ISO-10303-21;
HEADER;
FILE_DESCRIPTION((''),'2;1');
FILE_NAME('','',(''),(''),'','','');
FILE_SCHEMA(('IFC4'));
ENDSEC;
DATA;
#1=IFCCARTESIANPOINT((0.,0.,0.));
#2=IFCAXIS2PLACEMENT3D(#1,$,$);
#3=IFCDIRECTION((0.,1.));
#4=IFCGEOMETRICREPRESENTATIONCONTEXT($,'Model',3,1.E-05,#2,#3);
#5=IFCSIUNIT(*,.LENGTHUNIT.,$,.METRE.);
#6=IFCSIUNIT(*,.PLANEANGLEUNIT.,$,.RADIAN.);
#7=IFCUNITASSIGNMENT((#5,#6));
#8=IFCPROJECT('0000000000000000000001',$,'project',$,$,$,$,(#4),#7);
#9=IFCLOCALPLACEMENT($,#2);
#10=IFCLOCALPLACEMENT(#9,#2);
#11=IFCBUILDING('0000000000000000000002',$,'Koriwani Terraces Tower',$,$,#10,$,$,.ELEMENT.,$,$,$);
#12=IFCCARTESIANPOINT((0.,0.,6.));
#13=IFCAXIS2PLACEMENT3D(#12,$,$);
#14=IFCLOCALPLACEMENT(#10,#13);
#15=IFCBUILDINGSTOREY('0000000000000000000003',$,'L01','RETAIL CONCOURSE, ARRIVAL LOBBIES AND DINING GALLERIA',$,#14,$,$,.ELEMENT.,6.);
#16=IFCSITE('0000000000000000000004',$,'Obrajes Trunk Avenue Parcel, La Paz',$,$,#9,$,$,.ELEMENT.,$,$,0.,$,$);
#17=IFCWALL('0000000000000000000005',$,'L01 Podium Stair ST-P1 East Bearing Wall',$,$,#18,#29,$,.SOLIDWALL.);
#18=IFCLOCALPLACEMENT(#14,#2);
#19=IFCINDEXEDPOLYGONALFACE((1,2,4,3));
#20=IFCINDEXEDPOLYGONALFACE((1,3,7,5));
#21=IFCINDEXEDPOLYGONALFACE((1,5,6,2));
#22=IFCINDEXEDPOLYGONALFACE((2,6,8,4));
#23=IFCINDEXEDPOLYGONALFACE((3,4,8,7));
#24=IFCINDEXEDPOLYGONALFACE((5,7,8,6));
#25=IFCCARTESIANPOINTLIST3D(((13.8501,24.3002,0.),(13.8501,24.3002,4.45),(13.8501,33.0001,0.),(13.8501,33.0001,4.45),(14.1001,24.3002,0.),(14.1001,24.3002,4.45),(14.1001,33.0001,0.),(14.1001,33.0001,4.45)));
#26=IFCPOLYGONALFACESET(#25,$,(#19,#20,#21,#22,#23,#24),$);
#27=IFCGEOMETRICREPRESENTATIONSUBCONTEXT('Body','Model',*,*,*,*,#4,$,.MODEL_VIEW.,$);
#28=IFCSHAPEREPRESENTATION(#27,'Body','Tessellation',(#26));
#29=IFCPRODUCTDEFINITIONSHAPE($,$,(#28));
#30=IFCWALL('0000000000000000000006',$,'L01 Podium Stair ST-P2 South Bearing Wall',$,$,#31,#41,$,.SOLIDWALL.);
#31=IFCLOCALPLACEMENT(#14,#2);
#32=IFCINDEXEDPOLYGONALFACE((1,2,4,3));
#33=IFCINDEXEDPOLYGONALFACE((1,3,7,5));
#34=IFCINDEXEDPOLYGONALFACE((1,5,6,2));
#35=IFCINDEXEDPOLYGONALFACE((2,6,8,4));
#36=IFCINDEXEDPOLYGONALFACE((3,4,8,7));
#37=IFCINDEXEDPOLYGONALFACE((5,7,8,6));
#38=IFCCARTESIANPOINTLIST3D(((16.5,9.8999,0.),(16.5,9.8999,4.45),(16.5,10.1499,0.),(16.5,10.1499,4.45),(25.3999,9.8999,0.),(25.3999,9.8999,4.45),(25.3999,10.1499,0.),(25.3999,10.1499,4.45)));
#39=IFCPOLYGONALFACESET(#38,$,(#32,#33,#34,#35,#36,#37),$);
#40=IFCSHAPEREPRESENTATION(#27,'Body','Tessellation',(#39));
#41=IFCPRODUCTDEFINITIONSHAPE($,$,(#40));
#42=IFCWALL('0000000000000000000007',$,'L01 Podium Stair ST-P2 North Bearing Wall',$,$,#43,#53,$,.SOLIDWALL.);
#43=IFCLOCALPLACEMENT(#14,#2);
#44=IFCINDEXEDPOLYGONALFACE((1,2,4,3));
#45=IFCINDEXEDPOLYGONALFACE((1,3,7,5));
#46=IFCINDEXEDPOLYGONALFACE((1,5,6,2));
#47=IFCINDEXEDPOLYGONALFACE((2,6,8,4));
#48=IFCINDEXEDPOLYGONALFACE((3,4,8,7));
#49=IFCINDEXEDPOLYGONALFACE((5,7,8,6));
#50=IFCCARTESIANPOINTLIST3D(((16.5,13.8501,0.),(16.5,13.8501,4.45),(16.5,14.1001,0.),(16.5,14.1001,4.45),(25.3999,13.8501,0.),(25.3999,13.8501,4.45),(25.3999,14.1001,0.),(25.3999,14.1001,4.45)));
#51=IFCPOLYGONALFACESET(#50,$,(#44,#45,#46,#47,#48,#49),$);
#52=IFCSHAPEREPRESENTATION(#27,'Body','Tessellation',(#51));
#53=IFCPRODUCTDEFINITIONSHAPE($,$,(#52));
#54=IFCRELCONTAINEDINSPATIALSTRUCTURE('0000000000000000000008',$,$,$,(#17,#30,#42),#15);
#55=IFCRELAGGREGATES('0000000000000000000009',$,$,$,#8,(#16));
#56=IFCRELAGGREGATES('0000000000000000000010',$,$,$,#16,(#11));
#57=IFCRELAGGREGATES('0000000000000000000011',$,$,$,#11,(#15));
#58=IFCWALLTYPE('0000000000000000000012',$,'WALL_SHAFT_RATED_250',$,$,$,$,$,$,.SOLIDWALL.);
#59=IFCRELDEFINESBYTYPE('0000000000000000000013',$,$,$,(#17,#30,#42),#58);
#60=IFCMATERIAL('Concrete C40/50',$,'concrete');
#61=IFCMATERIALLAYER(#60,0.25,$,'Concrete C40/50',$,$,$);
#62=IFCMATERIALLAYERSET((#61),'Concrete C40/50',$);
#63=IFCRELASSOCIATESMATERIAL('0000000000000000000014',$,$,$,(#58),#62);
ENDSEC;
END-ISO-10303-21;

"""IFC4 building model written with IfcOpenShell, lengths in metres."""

from ifc_helpers import new_model, si_unit, direction, frame, frame_2d, origin, place, context, subcontext, project, spatial, rectangle, extrude, material, layer, layer_set, type_object, element, save


model = new_model("IFC4")

# Units and contexts
model_context = context("Model", 3, precision=1e-05, world=origin(), true_north=direction((0.0, 1.0)))
body_context = subcontext(model_context, "Body", "Model", "MODEL_VIEW")
ifc_project = project(units=[si_unit("LENGTHUNIT", "METRE"), si_unit("PLANEANGLEUNIT", "RADIAN")], contexts=[model_context])

# Site, building, storey
site_placement = place(None, origin())
site = spatial("IfcSite", under=ifc_project, at=site_placement, Name="Obrajes Trunk Avenue Parcel, La Paz", CompositionType="ELEMENT", RefElevation=0.0)
building_placement = place(site_placement, origin())
building = spatial("IfcBuilding", under=site, at=building_placement, Name="Koriwani Terraces Tower", CompositionType="ELEMENT")
storey_placement = place(building_placement, frame((0.0, 0.0, 6.0)))
storey = spatial("IfcBuildingStorey", under=building, at=storey_placement, Name="L01", Description="RETAIL CONCOURSE, ARRIVAL LOBBIES AND DINING GALLERIA", CompositionType="ELEMENT", Elevation=6.0)

# Walls
ifc_material_1 = material(Name="Concrete C40/50", Category="concrete")
ifc_layer = layer(ifc_material_1, 0.25, Name="Concrete C40/50")
ifc_layer_set = layer_set([ifc_layer], Name="Concrete C40/50")
wall_type = type_object("IfcWallType", Name="WALL_SHAFT_RATED_250", PredefinedType="SOLIDWALL", material=ifc_layer_set)
for number, where, z_axis, x_axis, name in (
    (1, (13.9751, 24.3, 0.0), (0.0, 0.0, 1.0), (0.0, 1.0, 0.0), "L01 Podium Stair ST-P1 East Bearing Wall"),
):
    element("IfcWall", number, at=place(storey_placement, frame(where, z_axis=z_axis, x_axis=x_axis)), inside=storey, type_object=wall_type, Name=name, PredefinedType="SOLIDWALL", context=body_context, shape_type="SweptSolid", body=[
        extrude(rectangle(XDim=8.7, YDim=0.25, at=frame_2d((4.3501, 0.0))), origin(), (0.0, 0.0, 1.0), 4.45),
    ])
for number, where, z_axis, x_axis, name in (
    (2, (16.5, 10.0249, 0.0), (0.0, 0.0, 1.0), (1.0, 0.0, 0.0), "L01 Podium Stair ST-P2 South Bearing Wall"),
    (3, (16.5, 13.9751, 0.0), (0.0, 0.0, 1.0), (1.0, 0.0, 0.0), "L01 Podium Stair ST-P2 North Bearing Wall"),
):
    element("IfcWall", number, at=place(storey_placement, frame(where, z_axis=z_axis, x_axis=x_axis)), inside=storey, type_object=wall_type, Name=name, PredefinedType="SOLIDWALL", context=body_context, shape_type="SweptSolid", body=[
        extrude(rectangle(XDim=8.8999, YDim=0.25, at=frame_2d((4.45, 0.0))), origin(), (0.0, 0.0, 1.0), 4.45),
    ])

save(model, "model.ifc")
